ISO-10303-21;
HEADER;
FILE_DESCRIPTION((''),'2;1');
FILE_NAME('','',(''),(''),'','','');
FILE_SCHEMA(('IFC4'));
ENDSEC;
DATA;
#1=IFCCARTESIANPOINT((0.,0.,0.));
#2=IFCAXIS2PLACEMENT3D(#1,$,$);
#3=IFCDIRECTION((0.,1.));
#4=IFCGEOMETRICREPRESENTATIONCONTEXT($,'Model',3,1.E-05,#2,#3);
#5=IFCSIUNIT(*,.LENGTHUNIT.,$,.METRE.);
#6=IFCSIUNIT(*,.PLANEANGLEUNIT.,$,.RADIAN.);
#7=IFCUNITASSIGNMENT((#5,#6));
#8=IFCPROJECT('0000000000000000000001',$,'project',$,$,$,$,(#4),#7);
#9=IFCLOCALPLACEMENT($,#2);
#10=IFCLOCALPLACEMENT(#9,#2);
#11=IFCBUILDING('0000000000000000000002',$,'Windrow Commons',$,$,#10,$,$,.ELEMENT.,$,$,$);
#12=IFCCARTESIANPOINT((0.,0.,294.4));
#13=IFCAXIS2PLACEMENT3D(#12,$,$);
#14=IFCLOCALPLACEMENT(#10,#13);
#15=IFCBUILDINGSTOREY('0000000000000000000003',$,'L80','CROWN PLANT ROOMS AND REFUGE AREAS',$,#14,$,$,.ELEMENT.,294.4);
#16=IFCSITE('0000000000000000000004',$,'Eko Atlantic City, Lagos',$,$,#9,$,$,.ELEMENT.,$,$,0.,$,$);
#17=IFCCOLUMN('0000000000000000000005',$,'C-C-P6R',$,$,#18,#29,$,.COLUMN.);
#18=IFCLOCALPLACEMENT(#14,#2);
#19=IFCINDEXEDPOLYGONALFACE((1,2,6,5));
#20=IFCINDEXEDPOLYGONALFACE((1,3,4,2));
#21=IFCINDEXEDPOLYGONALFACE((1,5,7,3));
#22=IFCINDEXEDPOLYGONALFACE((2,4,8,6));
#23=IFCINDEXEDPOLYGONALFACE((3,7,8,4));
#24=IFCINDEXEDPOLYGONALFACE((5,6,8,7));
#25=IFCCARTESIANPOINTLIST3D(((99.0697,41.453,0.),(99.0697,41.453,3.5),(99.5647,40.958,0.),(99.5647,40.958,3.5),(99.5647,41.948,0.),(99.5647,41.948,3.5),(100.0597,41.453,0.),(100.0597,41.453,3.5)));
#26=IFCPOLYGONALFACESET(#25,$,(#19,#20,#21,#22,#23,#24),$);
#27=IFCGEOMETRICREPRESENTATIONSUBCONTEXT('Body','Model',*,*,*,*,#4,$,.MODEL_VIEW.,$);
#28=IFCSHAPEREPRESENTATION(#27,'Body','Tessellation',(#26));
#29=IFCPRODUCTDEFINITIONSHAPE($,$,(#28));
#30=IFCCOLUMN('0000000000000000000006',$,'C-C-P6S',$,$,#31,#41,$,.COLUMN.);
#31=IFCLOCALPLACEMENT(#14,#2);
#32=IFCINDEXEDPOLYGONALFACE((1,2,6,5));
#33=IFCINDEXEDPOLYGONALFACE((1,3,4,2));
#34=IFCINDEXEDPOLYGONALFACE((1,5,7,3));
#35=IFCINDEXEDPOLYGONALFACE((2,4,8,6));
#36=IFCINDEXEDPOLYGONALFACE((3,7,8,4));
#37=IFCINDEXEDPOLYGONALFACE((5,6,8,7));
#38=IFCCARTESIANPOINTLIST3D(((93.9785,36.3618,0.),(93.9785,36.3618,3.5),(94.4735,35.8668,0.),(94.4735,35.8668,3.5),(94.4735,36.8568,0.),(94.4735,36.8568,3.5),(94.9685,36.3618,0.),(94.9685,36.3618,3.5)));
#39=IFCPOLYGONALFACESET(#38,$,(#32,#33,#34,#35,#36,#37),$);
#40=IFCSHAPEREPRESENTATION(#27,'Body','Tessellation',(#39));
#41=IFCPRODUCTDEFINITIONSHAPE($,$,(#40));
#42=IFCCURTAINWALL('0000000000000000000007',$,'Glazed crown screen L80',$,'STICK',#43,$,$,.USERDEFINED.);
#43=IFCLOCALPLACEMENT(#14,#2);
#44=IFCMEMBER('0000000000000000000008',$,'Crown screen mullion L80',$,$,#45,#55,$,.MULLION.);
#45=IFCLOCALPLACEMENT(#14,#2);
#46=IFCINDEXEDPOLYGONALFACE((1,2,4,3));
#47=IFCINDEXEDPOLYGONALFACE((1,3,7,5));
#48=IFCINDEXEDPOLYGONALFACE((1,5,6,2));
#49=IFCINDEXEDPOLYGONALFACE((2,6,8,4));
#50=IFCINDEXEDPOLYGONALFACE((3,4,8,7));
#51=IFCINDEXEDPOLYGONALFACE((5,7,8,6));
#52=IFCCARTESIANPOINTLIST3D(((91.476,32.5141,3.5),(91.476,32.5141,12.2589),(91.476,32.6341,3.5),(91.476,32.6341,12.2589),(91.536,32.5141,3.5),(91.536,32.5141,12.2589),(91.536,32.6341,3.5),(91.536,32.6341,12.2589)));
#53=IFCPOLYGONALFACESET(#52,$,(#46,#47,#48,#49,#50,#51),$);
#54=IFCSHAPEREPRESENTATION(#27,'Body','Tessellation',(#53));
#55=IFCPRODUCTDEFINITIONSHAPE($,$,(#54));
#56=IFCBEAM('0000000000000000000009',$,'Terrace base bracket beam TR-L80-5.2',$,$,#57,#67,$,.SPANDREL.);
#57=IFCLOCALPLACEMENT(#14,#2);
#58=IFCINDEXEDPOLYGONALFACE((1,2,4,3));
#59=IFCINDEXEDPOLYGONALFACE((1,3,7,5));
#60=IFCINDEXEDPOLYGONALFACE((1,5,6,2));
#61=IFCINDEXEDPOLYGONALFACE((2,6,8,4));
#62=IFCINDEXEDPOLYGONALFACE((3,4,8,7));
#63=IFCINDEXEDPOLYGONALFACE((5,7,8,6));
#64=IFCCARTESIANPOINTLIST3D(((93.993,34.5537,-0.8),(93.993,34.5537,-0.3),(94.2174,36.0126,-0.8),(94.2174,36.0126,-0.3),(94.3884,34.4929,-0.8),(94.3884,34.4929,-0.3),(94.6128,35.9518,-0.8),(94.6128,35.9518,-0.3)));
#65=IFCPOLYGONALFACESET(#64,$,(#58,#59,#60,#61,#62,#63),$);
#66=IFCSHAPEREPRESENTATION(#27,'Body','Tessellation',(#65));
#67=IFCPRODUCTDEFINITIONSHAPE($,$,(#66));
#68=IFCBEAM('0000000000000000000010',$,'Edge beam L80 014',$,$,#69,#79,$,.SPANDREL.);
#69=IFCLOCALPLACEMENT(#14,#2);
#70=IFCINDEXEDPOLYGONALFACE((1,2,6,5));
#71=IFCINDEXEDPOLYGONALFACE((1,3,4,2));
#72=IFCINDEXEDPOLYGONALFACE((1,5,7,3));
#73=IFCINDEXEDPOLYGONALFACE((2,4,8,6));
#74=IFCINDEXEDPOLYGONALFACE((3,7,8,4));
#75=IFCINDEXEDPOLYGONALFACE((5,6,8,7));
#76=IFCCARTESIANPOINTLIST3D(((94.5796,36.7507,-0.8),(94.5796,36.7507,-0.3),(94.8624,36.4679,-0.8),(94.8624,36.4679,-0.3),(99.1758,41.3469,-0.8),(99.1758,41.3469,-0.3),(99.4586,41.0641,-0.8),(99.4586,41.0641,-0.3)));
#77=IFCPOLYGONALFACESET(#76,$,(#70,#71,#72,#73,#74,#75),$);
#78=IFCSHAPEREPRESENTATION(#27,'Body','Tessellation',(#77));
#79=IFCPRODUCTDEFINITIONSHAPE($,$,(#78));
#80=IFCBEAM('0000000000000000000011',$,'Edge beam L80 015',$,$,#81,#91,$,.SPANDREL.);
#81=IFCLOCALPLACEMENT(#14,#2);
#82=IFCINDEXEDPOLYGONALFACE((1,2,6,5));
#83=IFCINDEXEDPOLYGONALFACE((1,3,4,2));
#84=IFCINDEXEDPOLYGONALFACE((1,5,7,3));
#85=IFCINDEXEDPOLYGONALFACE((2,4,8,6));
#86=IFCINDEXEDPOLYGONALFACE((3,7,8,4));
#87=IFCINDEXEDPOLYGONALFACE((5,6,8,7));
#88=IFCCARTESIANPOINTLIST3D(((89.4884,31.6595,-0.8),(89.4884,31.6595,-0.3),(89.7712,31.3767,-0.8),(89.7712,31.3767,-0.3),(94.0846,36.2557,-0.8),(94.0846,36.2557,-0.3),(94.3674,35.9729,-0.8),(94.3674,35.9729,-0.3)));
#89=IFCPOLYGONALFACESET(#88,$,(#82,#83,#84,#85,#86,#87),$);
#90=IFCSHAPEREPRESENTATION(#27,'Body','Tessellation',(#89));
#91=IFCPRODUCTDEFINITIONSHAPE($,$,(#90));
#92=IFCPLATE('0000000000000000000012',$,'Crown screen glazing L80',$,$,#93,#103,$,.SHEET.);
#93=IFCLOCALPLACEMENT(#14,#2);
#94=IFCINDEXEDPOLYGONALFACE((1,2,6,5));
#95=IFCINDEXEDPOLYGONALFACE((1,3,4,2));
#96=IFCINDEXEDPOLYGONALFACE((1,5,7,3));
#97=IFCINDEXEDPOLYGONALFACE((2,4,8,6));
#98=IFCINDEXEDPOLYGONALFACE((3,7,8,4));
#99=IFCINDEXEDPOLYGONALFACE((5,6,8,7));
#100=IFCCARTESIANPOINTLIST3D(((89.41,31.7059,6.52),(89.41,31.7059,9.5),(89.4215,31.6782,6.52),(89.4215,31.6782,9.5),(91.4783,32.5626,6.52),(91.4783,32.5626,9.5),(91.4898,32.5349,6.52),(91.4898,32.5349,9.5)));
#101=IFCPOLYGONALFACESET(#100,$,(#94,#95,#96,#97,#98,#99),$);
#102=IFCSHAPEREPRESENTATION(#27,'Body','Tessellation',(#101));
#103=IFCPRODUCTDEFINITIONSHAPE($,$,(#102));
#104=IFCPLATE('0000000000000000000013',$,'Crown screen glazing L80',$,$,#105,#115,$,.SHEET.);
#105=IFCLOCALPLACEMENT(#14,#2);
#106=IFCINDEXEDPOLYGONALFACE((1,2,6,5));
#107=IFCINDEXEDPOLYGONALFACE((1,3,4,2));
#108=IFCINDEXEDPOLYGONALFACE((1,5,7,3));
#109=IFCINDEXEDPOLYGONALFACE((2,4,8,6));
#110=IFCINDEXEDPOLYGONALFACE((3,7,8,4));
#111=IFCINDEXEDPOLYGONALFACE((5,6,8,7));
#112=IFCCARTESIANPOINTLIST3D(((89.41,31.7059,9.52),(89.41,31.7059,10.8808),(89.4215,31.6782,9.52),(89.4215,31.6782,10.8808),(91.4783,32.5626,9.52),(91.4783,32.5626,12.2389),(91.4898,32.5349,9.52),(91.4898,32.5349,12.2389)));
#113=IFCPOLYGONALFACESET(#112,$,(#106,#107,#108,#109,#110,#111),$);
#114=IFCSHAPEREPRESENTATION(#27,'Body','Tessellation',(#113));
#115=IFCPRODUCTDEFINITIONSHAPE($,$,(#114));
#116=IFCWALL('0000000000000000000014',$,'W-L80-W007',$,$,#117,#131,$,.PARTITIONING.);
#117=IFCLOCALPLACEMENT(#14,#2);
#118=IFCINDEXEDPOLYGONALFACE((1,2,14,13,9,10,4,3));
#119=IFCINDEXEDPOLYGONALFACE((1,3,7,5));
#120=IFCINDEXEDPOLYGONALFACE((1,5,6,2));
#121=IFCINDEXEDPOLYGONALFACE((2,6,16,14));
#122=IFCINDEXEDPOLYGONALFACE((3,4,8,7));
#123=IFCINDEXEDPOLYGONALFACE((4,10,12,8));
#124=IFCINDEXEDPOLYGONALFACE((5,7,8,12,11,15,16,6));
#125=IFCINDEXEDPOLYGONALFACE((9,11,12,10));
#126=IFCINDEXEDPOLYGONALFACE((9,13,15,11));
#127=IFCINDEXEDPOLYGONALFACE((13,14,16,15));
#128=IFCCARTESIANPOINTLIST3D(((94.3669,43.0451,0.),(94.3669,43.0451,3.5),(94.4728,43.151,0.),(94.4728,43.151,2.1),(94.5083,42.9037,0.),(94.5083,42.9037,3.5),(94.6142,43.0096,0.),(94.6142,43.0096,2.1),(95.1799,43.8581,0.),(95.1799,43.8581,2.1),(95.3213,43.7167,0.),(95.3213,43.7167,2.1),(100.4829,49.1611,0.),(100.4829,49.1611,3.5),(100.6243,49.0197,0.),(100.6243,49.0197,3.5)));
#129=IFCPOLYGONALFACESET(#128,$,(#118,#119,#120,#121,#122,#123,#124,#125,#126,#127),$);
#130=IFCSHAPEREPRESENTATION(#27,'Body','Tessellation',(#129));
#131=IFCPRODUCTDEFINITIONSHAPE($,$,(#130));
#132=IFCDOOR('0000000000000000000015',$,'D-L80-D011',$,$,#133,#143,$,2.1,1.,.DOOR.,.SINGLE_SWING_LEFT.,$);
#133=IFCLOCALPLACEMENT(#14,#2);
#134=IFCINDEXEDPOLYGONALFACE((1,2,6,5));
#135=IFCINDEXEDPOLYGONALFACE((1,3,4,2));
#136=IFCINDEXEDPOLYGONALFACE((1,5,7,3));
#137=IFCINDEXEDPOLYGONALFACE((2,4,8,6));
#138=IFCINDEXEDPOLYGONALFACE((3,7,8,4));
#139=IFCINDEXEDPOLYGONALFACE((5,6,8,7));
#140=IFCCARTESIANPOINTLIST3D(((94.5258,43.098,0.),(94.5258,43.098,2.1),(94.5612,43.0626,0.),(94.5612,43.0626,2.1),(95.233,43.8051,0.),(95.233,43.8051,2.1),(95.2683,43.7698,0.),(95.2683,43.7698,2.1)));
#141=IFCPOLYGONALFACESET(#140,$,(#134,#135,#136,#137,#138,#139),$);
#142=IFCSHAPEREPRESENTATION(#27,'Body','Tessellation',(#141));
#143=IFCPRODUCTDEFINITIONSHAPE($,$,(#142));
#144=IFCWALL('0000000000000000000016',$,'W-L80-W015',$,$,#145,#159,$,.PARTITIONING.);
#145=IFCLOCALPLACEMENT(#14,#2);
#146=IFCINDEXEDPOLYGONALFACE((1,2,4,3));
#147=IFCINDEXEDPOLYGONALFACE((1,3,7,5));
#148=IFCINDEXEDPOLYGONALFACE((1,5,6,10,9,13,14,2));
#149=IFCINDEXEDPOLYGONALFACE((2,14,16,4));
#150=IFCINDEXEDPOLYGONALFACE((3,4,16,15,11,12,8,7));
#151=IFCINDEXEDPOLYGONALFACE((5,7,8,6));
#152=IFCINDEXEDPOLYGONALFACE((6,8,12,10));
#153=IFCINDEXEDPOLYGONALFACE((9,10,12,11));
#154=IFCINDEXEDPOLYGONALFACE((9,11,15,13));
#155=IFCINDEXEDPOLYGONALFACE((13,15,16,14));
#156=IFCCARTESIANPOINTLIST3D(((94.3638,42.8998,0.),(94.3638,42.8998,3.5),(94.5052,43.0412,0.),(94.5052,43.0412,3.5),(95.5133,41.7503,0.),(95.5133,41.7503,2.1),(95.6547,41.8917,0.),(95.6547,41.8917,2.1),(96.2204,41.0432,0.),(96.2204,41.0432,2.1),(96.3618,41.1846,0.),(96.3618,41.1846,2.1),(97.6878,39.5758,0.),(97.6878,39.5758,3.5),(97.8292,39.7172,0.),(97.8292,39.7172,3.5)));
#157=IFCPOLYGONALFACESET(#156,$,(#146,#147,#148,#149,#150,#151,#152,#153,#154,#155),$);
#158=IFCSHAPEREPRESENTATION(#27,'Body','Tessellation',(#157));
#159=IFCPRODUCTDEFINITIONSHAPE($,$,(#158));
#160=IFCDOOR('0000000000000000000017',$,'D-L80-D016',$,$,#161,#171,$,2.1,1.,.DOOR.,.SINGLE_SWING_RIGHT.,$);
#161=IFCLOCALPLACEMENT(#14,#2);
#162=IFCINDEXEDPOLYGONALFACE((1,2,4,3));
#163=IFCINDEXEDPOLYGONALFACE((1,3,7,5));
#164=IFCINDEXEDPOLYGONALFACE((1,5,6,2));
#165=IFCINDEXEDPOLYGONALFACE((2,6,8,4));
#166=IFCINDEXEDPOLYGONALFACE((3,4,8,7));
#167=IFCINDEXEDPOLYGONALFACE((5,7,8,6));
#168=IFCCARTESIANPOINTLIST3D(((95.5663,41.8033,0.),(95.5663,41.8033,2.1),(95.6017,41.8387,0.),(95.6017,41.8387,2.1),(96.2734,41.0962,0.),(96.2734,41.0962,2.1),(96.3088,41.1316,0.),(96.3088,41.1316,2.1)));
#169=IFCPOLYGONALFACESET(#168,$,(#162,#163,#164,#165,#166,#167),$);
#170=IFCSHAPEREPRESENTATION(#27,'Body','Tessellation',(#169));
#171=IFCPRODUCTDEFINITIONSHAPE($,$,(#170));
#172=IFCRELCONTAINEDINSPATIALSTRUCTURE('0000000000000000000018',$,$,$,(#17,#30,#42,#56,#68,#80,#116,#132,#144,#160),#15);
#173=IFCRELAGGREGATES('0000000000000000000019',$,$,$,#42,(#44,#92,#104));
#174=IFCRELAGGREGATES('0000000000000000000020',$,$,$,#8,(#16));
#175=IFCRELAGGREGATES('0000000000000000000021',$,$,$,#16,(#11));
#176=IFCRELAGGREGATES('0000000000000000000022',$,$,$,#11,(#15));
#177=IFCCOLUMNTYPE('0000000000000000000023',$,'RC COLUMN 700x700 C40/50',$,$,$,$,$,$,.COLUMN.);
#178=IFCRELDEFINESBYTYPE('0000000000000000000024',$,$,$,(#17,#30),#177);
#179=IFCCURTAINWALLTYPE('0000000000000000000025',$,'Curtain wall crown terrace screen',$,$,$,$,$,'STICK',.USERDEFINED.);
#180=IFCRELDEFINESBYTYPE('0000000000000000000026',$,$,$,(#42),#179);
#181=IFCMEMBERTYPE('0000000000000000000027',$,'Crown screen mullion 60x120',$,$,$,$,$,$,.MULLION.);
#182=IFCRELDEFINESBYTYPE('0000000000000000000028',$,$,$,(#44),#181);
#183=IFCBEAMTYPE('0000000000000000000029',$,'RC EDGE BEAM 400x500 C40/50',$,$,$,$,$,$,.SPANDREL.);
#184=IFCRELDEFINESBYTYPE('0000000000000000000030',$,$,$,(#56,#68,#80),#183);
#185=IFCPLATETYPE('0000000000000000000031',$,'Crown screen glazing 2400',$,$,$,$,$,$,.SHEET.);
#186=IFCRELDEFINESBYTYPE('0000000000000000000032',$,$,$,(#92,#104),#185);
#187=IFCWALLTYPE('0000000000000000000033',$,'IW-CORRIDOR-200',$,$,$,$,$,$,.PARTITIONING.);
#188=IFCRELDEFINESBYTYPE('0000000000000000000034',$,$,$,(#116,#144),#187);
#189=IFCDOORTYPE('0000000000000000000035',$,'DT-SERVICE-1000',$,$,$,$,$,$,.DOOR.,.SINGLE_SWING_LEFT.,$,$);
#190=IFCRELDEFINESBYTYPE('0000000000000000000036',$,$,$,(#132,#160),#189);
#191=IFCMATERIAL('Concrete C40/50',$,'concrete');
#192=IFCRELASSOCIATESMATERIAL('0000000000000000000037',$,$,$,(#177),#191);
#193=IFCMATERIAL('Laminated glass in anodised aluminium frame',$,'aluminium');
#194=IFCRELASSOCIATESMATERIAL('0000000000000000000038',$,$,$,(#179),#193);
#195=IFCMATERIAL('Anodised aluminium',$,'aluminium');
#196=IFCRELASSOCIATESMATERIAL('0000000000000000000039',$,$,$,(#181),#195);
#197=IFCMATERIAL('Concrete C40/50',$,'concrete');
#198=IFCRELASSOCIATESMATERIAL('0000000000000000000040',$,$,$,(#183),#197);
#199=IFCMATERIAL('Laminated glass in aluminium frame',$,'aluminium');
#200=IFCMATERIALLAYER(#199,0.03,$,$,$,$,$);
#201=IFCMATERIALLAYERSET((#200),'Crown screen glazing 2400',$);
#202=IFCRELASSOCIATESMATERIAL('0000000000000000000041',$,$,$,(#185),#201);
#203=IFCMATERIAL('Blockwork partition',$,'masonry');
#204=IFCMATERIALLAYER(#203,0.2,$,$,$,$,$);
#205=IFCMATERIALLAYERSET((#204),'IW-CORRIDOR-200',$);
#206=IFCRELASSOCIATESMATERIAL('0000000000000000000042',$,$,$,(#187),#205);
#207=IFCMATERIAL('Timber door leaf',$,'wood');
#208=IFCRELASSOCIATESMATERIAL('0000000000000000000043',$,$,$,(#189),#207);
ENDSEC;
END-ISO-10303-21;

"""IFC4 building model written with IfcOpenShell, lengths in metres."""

from ifc_helpers import new_model, si_unit, direction, frame, frame_2d, origin, origin_2d, place, context, subcontext, project, spatial, polyline, rectangle, outline, extrude, material, layer, layer_set, material_profile, profile_set, type_object, element, fill, aggregate, save


model = new_model("IFC4")

# Units and contexts
model_context = context("Model", 3, precision=1e-05, world=origin(), true_north=direction((0.0, 1.0)))
body_context = subcontext(model_context, "Body", "Model", "MODEL_VIEW")
ifc_project = project(units=[si_unit("LENGTHUNIT", "METRE"), si_unit("PLANEANGLEUNIT", "RADIAN")], contexts=[model_context])

# Site, building, storey
site_placement = place(None, origin())
site = spatial("IfcSite", under=ifc_project, at=site_placement, Name="Eko Atlantic City, Lagos", CompositionType="ELEMENT", RefElevation=0.0)
building_placement = place(site_placement, origin())
building = spatial("IfcBuilding", under=site, at=building_placement, Name="Windrow Commons", CompositionType="ELEMENT")
storey_placement = place(building_placement, frame((0.0, 0.0, 294.4)))
storey = spatial("IfcBuildingStorey", under=building, at=storey_placement, Name="L80", Description="CROWN PLANT ROOMS AND REFUGE AREAS", CompositionType="ELEMENT", Elevation=294.4)

# Columns
ifc_material_1 = material(Name="Concrete C40/50", Category="concrete")
ifc_material_profile_1 = material_profile(ifc_material_1, rectangle(XDim=0.7, YDim=0.7, at=origin_2d()))
ifc_profile_set_1 = profile_set([ifc_material_profile_1], Name="Concrete C40/50")
column_type = type_object("IfcColumnType", Name="RC COLUMN 700x700 C40/50", PredefinedType="COLUMN", material=ifc_profile_set_1)
for number, where, z_axis, x_axis, name in (
    (1, (99.5647, 41.453, 0.0), (0.0, 0.0, 1.0), (0.707107, -0.707107, 0.0), "C-C-P6R"),
    (2, (94.4735, 36.3618, 0.0), (0.0, 0.0, 1.0), (0.707107, -0.707107, 0.0), "C-C-P6S"),
):
    element("IfcColumn", number, at=place(storey_placement, frame(where, z_axis=z_axis, x_axis=x_axis)), inside=storey, type_object=column_type, Name=name, PredefinedType="COLUMN", context=body_context, shape_type="SweptSolid", body=[
        extrude(rectangle(XDim=0.7, YDim=0.7, at=origin_2d()), origin(), (0.0, 0.0, 1.0), 3.5),
    ])

# Curtain wall, member
ifc_material_2 = material(Name="Laminated glass in anodised aluminium frame", Category="aluminium")
curtain_wall_type = type_object("IfcCurtainWallType", Name="Curtain wall crown terrace screen", ElementType="STICK", PredefinedType="USERDEFINED", material=ifc_material_2)
curtain_wall_placement = place(storey_placement, origin())
curtain_wall = element("IfcCurtainWall", 3, at=curtain_wall_placement, inside=storey, type_object=curtain_wall_type, Name="Glazed crown screen L80", ObjectType="STICK", PredefinedType="USERDEFINED")
ifc_material_3 = material(Name="Anodised aluminium", Category="aluminium")
ifc_material_profile_2 = material_profile(ifc_material_3, rectangle(XDim=0.06, YDim=0.12, at=origin_2d()))
ifc_profile_set_2 = profile_set([ifc_material_profile_2], Name="Anodised aluminium")
member_type = type_object("IfcMemberType", Name="Crown screen mullion 60x120", PredefinedType="MULLION", material=ifc_profile_set_2)
member_placement = place(storey_placement, frame((91.506, 32.5741, 3.5), z_axis=(0.0, 0.0, 1.0), x_axis=(1.0, 0.0, 0.0)))
member = element("IfcMember", 4, at=member_placement, type_object=member_type, Name="Crown screen mullion L80", PredefinedType="MULLION", context=body_context, shape_type="SweptSolid", body=[
    extrude(rectangle(XDim=0.06, YDim=0.12, at=origin_2d()), origin(), (0.0, 0.0, 1.0), 8.7589),
])

# Beams
ifc_material_4 = material(Name="Concrete C40/50", Category="concrete")
ifc_material_profile_3 = material_profile(ifc_material_4, rectangle(XDim=0.4, YDim=0.5, at=origin_2d()))
ifc_profile_set_3 = profile_set([ifc_material_profile_3], Name="Concrete C40/50")
beam_type = type_object("IfcBeamType", Name="RC EDGE BEAM 400x500 C40/50", PredefinedType="SPANDREL", material=ifc_profile_set_3)
beam_placement = place(storey_placement, frame((94.4151, 35.9822, -0.55), z_axis=(-0.152027, -0.988376, 0.0), x_axis=(0.988376, -0.152027, 0.0)))
element("IfcBeam", 5, at=beam_placement, inside=storey, type_object=beam_type, Name="Terrace base bracket beam TR-L80-5.2", PredefinedType="SPANDREL", context=body_context, shape_type="SweptSolid", body=[
    extrude(rectangle(XDim=0.4, YDim=0.5, at=origin_2d()), origin(), (0.0, 0.0, 1.0), 1.4761),
])
for number, where, z_axis, x_axis, name in (
    (6, (99.3172, 41.2055, -0.55), (-0.707107, -0.707107, 0.0), (0.707107, -0.707107, 0.0), "Edge beam L80 014"),
    (7, (94.226, 36.1143, -0.55), (-0.707107, -0.707107, 0.0), (0.707107, -0.707107, 0.0), "Edge beam L80 015"),
):
    element("IfcBeam", number, at=place(storey_placement, frame(where, z_axis=z_axis, x_axis=x_axis)), inside=storey, type_object=beam_type, Name=name, PredefinedType="SPANDREL", context=body_context, shape_type="SweptSolid", body=[
        extrude(rectangle(XDim=0.4, YDim=0.5, at=origin_2d()), origin(), (0.0, 0.0, 1.0), 6.5),
    ])

# Plates
ifc_material_5 = material(Name="Laminated glass in aluminium frame", Category="aluminium")
ifc_layer_1 = layer(ifc_material_5, 0.03)
ifc_layer_set_1 = layer_set([ifc_layer_1], Name="Crown screen glazing 2400")
plate_type = type_object("IfcPlateType", Name="Crown screen glazing 2400", PredefinedType="SHEET", material=ifc_layer_set_1)
plate_1_placement = place(storey_placement, frame((91.4783, 32.5626, 6.52), z_axis=(-0.382677, 0.923882, 0.0), x_axis=(-0.923882, -0.382677, 0.0)))
plate_1 = element("IfcPlate", 8, at=plate_1_placement, type_object=plate_type, Name="Crown screen glazing L80", PredefinedType="SHEET", context=body_context, shape_type="SweptSolid", body=[
    extrude(outline(polyline([(0.0, 0.0), (2.2387, 0.0), (2.2387, 2.98), (0.0, 2.98), (0.0, 0.0)])), origin(), (0.0, 0.0, -1.0), 0.03),
])
plate_2_placement = place(storey_placement, frame((91.4783, 32.5626, 9.52), z_axis=(-0.382677, 0.923882, 0.0), x_axis=(-0.923882, -0.382677, 0.0)))
plate_2 = element("IfcPlate", 9, at=plate_2_placement, type_object=plate_type, Name="Crown screen glazing L80", PredefinedType="SHEET", context=body_context, shape_type="SweptSolid", body=[
    extrude(outline(polyline([(0.0, 0.0), (2.2387, 0.0), (2.2387, 1.3608), (0.0, 2.7189), (0.0, 0.0)])), origin(), (0.0, 0.0, -1.0), 0.03),
])
aggregate(curtain_wall, [member, plate_1, plate_2])

# Walls, openings, doors
ifc_material_6 = material(Name="Blockwork partition", Category="masonry")
ifc_layer_2 = layer(ifc_material_6, 0.2)
ifc_layer_set_2 = layer_set([ifc_layer_2], Name="IW-CORRIDOR-200")
wall_type_1 = type_object("IfcWallType", Name="IW-CORRIDOR-200", PredefinedType="PARTITIONING", material=ifc_layer_set_2)
wall_1_placement = place(storey_placement, frame((94.4376, 42.9744, 0.0), z_axis=(0.0, 0.0, 1.0), x_axis=(0.707107, 0.707107, 0.0)))
wall_1 = element("IfcWall", 10, at=wall_1_placement, inside=storey, type_object=wall_type_1, Name="W-L80-W007", PredefinedType="PARTITIONING", context=body_context, shape_type="SweptSolid", body=[
    extrude(rectangle(XDim=8.6493, YDim=0.2, at=frame_2d((4.3247, 0.0))), origin(), (0.0, 0.0, 1.0), 3.5),
])
opening_1_placement = place(wall_1_placement, frame((0.1498, 0.0, 0.0)))
opening_1 = element("IfcOpeningElement", 11, at=opening_1_placement, cuts=wall_1, PredefinedType="OPENING", context=body_context, shape_type="SweptSolid", body=[
    extrude(rectangle(XDim=1.0, YDim=2.1, at=frame_2d((0.5, 1.05))), frame((0.0, 0.11, 0.0), z_axis=(0.0, -1.0, 0.0), x_axis=(1.0, 0.0, 0.0)), (0.0, 0.0, 1.0), 0.22),
])
ifc_material_7 = material(Name="Timber door leaf", Category="wood")
door_type = type_object("IfcDoorType", Name="DT-SERVICE-1000", OperationType="SINGLE_SWING_LEFT", PredefinedType="DOOR", material=ifc_material_7)
door_1_placement = place(opening_1_placement, origin())
door_1 = element("IfcDoor", 12, at=door_1_placement, inside=storey, type_object=door_type, Name="D-L80-D011", OperationType="SINGLE_SWING_LEFT", OverallHeight=2.1, OverallWidth=1.0, PredefinedType="DOOR", context=body_context, shape_type="SweptSolid", body=[
    extrude(rectangle(XDim=1.0, YDim=2.1, at=frame_2d((0.5, 1.05))), frame((0.0, 0.025, 0.0), z_axis=(0.0, -1.0, 0.0), x_axis=(1.0, 0.0, 0.0)), (0.0, 0.0, 1.0), 0.05),
])
fill(opening_1, door_1)
wall_2_placement = place(storey_placement, frame((94.4345, 42.9705, 0.0), z_axis=(0.0, 0.0, 1.0), x_axis=(0.707107, -0.707107, 0.0)))
wall_2 = element("IfcWall", 13, at=wall_2_placement, inside=storey, type_object=wall_type_1, Name="W-L80-W015", PredefinedType="PARTITIONING", context=body_context, shape_type="SweptSolid", body=[
    extrude(rectangle(XDim=4.7008, YDim=0.2, at=frame_2d((2.3504, 0.0))), origin(), (0.0, 0.0, 1.0), 3.5),
])
opening_2_placement = place(wall_2_placement, frame((1.6256, 0.0, 0.0)))
opening_2 = element("IfcOpeningElement", 14, at=opening_2_placement, cuts=wall_2, PredefinedType="OPENING", context=body_context, shape_type="SweptSolid", body=[
    extrude(rectangle(XDim=1.0, YDim=2.1, at=frame_2d((0.5, 1.05))), frame((0.0, 0.11, 0.0), z_axis=(0.0, -1.0, 0.0), x_axis=(1.0, 0.0, 0.0)), (0.0, 0.0, 1.0), 0.22),
])
door_2_placement = place(opening_2_placement, origin())
door_2 = element("IfcDoor", 15, at=door_2_placement, inside=storey, type_object=door_type, Name="D-L80-D016", OperationType="SINGLE_SWING_RIGHT", OverallHeight=2.1, OverallWidth=1.0, PredefinedType="DOOR", context=body_context, shape_type="SweptSolid", body=[
    extrude(rectangle(XDim=1.0, YDim=2.1, at=frame_2d((0.5, 1.05))), frame((0.0, 0.025, 0.0), z_axis=(0.0, -1.0, 0.0), x_axis=(1.0, 0.0, 0.0)), (0.0, 0.0, 1.0), 0.05),
])
fill(opening_2, door_2)

save(model, "model.ifc")
